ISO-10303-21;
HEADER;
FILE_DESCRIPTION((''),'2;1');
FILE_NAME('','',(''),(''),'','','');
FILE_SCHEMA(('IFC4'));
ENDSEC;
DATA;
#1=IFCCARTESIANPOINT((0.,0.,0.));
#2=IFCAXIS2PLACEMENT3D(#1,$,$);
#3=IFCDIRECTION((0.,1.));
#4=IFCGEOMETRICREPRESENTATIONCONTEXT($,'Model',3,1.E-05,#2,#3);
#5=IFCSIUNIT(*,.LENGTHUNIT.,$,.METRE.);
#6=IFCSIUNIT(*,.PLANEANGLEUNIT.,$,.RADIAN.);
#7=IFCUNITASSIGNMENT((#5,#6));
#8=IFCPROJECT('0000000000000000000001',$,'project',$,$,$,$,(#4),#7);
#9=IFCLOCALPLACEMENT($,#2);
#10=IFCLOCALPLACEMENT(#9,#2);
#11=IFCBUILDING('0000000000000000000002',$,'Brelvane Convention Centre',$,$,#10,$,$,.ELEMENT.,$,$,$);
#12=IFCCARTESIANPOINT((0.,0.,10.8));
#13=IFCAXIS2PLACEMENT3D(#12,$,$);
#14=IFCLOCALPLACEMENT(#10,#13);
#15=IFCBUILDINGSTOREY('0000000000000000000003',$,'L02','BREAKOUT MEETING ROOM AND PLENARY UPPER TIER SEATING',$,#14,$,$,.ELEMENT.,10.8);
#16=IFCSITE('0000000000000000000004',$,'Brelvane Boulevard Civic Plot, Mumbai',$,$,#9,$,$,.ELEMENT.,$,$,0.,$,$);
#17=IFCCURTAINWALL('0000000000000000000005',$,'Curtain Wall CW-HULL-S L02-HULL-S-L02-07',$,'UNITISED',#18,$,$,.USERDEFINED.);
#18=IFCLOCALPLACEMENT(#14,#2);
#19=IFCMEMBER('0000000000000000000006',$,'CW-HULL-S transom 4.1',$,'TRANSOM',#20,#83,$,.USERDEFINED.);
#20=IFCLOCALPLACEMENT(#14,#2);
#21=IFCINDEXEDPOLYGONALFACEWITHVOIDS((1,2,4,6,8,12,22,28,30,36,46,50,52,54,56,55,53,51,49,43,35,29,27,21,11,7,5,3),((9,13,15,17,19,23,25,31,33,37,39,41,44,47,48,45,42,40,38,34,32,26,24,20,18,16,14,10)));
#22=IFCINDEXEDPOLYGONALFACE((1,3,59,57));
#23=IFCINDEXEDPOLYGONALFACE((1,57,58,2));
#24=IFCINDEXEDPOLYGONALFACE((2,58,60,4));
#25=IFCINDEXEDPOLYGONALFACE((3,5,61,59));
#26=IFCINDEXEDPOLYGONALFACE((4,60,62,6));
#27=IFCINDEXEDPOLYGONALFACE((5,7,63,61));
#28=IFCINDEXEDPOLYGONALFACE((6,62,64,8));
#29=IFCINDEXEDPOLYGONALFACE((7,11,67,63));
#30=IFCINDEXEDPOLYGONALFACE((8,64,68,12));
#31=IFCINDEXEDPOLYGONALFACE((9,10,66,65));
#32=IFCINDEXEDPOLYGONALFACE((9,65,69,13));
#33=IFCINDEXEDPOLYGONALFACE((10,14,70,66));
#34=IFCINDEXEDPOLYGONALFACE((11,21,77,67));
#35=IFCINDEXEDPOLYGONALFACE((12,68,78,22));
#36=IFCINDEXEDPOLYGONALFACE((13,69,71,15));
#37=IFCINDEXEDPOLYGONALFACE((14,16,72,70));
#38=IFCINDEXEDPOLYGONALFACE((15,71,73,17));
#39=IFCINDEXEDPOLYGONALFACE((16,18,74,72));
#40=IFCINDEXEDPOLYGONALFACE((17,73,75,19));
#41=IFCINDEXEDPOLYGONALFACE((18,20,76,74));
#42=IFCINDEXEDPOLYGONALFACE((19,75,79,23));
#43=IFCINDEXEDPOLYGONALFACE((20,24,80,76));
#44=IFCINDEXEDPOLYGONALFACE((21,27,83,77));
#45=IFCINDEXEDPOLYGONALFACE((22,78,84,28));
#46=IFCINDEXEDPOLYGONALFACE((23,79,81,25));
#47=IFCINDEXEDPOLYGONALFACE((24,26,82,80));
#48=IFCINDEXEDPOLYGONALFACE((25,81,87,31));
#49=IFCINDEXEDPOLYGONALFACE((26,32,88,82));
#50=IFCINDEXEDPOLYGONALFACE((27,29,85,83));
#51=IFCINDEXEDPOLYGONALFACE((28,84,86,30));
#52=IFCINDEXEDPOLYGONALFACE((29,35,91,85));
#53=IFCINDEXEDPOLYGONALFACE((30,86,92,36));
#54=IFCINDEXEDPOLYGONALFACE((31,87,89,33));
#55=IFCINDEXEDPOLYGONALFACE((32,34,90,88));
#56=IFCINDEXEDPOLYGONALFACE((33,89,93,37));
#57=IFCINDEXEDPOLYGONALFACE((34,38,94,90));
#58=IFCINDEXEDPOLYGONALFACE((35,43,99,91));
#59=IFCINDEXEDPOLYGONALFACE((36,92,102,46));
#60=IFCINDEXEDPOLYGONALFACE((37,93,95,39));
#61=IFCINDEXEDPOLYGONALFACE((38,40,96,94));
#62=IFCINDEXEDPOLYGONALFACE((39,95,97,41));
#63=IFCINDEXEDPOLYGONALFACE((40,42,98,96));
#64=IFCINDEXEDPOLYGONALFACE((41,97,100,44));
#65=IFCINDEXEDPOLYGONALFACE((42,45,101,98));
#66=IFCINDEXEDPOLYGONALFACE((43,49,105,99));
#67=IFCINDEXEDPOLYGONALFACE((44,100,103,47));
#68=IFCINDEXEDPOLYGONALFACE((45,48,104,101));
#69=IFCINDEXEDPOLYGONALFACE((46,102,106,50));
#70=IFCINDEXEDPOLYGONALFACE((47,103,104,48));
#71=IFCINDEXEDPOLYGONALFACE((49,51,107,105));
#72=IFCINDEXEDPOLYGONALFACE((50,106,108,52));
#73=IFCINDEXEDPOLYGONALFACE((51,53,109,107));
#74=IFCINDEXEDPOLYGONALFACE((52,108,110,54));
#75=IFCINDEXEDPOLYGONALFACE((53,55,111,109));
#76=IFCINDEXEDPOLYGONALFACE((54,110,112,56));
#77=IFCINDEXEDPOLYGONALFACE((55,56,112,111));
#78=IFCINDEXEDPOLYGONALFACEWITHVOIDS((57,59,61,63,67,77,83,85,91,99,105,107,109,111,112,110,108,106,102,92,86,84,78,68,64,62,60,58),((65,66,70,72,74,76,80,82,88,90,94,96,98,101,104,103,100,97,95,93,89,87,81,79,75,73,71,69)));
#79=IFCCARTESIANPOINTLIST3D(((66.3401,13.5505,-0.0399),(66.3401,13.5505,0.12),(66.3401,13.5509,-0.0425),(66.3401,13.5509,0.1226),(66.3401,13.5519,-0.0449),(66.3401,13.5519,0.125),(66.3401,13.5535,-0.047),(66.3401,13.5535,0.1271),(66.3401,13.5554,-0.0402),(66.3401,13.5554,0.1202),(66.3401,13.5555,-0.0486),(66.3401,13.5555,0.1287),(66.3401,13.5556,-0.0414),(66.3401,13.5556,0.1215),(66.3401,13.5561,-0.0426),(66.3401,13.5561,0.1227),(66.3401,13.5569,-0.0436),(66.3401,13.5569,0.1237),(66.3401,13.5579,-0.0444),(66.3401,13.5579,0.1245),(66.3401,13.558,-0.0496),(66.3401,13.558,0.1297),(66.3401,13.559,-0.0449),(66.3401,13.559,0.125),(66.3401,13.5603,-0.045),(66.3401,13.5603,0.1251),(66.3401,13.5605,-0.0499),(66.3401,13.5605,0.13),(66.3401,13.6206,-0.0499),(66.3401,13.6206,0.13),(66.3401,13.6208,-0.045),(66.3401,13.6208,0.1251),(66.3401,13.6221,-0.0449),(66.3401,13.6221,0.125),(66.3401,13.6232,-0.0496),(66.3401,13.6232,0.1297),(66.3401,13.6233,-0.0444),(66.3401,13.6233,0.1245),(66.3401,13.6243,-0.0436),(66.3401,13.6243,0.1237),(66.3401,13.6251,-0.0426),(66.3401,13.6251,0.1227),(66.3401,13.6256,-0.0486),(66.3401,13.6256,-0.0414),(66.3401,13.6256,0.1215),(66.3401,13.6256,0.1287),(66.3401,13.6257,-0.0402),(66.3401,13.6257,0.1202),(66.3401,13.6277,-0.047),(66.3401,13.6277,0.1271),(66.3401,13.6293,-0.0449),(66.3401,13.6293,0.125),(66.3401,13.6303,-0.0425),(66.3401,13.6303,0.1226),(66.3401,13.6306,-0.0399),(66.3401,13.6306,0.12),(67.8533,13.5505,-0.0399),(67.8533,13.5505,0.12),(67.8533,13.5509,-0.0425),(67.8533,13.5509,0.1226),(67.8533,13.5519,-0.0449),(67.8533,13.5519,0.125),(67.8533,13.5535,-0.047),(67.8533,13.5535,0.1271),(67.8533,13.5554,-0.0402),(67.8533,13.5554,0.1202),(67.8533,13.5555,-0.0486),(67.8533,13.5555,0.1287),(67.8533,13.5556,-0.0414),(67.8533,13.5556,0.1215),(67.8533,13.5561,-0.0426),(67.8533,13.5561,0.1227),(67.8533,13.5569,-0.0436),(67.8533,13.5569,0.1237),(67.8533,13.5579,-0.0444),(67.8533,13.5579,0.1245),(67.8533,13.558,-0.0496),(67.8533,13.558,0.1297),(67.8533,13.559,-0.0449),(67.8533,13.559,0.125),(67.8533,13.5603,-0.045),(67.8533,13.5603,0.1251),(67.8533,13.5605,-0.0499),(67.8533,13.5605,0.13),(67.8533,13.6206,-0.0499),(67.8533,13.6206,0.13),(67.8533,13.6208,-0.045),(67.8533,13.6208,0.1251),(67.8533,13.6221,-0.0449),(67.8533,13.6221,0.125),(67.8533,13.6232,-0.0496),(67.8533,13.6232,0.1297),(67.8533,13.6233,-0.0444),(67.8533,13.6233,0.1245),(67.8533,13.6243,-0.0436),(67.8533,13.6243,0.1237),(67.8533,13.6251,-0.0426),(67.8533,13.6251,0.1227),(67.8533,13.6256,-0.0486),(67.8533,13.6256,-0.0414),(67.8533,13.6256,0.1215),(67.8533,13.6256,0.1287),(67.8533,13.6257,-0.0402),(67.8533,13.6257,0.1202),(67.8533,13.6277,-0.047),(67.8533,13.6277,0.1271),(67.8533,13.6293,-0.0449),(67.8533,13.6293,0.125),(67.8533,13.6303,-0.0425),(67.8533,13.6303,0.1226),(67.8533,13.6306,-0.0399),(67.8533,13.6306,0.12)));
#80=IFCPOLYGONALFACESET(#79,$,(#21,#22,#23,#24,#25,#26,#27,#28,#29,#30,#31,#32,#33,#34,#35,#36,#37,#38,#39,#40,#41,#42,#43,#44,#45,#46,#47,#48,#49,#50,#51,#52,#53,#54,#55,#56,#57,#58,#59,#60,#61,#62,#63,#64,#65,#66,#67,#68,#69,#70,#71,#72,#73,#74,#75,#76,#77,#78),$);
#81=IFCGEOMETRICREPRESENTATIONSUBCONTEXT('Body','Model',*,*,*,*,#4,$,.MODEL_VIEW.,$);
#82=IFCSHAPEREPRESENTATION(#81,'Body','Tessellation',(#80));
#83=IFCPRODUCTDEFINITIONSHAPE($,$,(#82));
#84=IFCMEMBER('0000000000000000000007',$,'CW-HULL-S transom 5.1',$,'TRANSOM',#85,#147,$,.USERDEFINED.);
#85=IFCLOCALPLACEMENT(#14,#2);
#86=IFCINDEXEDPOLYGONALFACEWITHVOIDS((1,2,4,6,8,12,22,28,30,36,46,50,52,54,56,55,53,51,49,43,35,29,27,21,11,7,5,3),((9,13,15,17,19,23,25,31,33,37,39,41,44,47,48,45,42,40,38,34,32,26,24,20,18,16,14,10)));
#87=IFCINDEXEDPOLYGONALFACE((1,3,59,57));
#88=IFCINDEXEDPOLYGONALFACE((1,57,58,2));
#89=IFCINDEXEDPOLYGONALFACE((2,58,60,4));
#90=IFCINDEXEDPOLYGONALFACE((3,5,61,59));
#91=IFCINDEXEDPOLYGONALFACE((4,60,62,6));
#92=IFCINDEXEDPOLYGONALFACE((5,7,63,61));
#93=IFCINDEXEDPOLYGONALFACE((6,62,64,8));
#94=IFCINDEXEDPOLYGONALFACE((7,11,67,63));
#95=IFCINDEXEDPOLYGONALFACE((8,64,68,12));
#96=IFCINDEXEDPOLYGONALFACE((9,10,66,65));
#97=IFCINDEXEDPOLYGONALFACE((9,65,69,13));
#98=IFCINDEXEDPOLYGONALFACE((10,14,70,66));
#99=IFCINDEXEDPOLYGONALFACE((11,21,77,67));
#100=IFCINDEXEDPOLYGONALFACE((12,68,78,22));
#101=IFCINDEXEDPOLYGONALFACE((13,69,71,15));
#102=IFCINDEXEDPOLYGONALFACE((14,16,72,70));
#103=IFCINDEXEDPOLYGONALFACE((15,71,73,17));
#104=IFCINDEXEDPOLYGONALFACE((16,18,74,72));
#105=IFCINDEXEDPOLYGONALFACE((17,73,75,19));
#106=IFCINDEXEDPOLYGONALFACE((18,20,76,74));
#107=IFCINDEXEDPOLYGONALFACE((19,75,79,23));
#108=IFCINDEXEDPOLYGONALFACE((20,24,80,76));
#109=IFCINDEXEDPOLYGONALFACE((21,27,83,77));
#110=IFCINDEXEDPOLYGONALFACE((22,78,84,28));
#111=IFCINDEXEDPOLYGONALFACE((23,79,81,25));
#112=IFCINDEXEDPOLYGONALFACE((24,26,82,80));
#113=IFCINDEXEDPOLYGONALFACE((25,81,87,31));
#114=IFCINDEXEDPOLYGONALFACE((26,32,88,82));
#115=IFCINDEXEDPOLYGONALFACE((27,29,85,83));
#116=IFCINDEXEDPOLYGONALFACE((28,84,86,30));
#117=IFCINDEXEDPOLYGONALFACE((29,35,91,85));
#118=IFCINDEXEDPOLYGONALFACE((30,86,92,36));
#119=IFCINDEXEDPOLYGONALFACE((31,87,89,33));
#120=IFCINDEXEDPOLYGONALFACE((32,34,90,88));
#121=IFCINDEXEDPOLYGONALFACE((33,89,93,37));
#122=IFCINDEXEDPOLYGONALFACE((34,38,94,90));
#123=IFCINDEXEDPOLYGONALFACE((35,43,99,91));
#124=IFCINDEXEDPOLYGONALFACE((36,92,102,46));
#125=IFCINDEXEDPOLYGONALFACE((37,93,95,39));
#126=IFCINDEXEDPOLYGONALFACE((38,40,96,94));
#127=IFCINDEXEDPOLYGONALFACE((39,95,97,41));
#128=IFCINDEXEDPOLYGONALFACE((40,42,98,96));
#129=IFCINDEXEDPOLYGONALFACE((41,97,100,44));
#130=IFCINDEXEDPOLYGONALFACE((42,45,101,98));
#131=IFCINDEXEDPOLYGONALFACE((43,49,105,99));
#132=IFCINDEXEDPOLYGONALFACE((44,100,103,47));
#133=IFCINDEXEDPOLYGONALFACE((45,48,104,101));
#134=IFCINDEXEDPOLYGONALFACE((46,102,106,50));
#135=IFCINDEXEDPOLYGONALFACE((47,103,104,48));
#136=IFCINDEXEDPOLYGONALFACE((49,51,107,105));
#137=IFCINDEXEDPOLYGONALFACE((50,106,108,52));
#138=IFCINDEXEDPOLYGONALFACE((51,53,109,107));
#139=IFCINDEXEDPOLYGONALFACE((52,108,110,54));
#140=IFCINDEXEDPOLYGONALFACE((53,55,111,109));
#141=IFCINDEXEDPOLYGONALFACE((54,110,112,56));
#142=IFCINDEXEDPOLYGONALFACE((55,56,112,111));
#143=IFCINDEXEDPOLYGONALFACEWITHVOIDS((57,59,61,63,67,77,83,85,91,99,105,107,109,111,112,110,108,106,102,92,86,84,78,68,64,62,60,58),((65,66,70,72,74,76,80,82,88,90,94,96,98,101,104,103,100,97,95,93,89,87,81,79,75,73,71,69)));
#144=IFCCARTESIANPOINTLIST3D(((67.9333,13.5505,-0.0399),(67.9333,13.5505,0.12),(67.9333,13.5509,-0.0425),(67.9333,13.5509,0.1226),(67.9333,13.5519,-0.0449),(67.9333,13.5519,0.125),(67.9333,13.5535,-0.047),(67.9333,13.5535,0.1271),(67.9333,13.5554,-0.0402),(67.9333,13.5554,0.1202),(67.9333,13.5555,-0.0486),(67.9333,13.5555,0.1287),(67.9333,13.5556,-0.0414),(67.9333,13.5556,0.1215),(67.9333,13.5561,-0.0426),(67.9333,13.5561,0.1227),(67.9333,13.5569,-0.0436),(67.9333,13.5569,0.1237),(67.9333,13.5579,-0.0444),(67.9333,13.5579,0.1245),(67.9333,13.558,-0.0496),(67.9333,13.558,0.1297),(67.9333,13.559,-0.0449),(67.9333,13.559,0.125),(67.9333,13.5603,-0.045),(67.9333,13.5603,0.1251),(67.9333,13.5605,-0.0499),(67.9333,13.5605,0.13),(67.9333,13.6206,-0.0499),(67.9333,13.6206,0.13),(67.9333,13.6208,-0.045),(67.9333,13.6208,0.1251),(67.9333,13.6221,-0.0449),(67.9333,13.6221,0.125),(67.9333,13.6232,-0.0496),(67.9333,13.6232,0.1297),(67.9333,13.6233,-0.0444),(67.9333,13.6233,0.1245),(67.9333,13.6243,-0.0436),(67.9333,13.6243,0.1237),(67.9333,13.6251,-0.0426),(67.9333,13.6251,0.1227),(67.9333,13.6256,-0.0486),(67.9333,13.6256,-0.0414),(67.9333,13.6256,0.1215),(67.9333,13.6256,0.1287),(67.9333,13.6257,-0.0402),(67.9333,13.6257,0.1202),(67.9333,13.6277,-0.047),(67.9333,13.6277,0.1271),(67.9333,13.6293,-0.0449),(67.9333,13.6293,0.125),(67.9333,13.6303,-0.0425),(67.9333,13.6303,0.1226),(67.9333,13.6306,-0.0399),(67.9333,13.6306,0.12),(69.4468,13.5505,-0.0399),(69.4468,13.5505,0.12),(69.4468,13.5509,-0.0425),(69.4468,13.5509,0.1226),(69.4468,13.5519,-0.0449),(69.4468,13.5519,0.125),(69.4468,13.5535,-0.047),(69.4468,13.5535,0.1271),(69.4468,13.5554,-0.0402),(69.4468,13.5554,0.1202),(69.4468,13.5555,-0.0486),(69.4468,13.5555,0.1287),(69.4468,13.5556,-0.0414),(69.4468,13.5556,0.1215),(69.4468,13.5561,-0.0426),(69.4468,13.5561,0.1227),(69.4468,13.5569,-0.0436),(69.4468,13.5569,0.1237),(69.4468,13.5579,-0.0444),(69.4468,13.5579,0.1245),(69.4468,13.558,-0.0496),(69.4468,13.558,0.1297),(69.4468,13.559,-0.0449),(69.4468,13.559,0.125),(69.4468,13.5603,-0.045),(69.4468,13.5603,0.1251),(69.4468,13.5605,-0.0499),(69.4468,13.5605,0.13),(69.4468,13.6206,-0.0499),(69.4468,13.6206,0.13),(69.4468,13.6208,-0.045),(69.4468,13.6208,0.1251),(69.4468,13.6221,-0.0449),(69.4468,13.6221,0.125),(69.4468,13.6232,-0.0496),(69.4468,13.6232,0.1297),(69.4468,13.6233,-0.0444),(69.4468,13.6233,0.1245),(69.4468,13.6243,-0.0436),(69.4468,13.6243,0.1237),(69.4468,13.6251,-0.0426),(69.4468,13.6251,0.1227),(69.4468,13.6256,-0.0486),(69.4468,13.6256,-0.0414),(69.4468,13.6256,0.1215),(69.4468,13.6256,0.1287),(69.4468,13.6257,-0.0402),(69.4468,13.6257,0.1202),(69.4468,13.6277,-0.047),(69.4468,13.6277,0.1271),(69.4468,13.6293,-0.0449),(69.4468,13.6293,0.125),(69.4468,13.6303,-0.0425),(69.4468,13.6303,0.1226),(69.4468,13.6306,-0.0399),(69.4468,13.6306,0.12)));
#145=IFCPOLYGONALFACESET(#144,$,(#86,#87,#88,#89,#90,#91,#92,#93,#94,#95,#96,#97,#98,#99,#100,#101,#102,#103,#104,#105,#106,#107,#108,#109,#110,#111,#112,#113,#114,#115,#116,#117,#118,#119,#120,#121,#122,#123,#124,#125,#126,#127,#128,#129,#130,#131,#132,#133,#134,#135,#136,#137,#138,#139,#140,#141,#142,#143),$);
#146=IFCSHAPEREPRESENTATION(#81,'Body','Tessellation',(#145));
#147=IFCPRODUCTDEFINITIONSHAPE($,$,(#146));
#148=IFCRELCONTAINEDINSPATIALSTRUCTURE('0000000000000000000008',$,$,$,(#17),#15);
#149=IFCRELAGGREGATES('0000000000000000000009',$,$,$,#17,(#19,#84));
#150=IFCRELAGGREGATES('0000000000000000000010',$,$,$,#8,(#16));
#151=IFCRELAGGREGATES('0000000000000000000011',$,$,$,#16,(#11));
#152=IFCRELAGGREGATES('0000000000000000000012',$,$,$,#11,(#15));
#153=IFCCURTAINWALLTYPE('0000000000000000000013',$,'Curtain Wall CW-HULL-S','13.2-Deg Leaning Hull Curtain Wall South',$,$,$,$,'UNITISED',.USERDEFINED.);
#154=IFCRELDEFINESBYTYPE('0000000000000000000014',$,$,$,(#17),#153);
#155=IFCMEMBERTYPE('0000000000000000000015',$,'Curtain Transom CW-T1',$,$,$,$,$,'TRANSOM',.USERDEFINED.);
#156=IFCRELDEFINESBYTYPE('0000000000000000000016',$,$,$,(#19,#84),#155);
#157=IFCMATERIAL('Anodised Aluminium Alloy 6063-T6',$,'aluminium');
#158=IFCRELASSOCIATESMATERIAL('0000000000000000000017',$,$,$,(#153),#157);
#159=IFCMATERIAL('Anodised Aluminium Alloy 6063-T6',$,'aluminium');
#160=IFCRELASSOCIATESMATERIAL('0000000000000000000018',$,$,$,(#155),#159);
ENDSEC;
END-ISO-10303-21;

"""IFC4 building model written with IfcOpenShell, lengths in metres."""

from ifc_helpers import new_model, si_unit, direction, frame, origin, origin_2d, place, context, subcontext, project, spatial, hollow_rectangle, extrude, material, material_profile, profile_set, type_object, element, aggregate, save


model = new_model("IFC4")

# Units and contexts
model_context = context("Model", 3, precision=1e-05, world=origin(), true_north=direction((0.0, 1.0)))
body_context = subcontext(model_context, "Body", "Model", "MODEL_VIEW")
ifc_project = project(units=[si_unit("LENGTHUNIT", "METRE"), si_unit("PLANEANGLEUNIT", "RADIAN")], contexts=[model_context])

# Site, building, storey
site_placement = place(None, origin())
site = spatial("IfcSite", under=ifc_project, at=site_placement, Name="Brelvane Boulevard Civic Plot, Mumbai", CompositionType="ELEMENT", RefElevation=0.0)
building_placement = place(site_placement, origin())
building = spatial("IfcBuilding", under=site, at=building_placement, Name="Brelvane Convention Centre", CompositionType="ELEMENT")
storey_placement = place(building_placement, frame((0.0, 0.0, 10.8)))
storey = spatial("IfcBuildingStorey", under=building, at=storey_placement, Name="L02", Description="BREAKOUT MEETING ROOM AND PLENARY UPPER TIER SEATING", CompositionType="ELEMENT", Elevation=10.8)

# Curtain wall
ifc_material_1 = material(Name="Anodised Aluminium Alloy 6063-T6", Category="aluminium")
curtain_wall_type = type_object("IfcCurtainWallType", Name="Curtain Wall CW-HULL-S", Description="13.2-Deg Leaning Hull Curtain Wall South", ElementType="UNITISED", PredefinedType="USERDEFINED", material=ifc_material_1)
curtain_wall_1_placement = place(storey_placement, origin())
curtain_wall_1 = element("IfcCurtainWall", 1, at=curtain_wall_1_placement, inside=storey, type_object=curtain_wall_type, Name="Curtain Wall CW-HULL-S L02-HULL-S-L02-07", ObjectType="UNITISED", PredefinedType="USERDEFINED")

# Members
ifc_material_2 = material(Name="Anodised Aluminium Alloy 6063-T6", Category="aluminium")
ifc_material_profile_1 = material_profile(ifc_material_2, hollow_rectangle(XDim=0.0801, YDim=0.1799, WallThickness=0.0049, InnerFilletRadius=0.0049, OuterFilletRadius=0.01, at=origin_2d()), Name="ALU-T 180x80x5.0")
ifc_profile_set_1 = profile_set([ifc_material_profile_1], Name="Anodised Aluminium Alloy 6063-T6")
member_type_1 = type_object("IfcMemberType", Name="Curtain Transom CW-T1", ElementType="TRANSOM", PredefinedType="USERDEFINED", material=ifc_profile_set_1)
member_1_placement = place(storey_placement, frame((66.3401, 13.5906, 0.04), z_axis=(1.0, 0.0, 0.0), x_axis=(0.0, 1.0, 0.0)))
member_1 = element("IfcMember", 2, at=member_1_placement, type_object=member_type_1, Name="CW-HULL-S transom 4.1", ObjectType="TRANSOM", PredefinedType="USERDEFINED", context=body_context, shape_type="SweptSolid", body=[
    extrude(hollow_rectangle(XDim=0.0801, YDim=0.1799, WallThickness=0.0049, InnerFilletRadius=0.0049, OuterFilletRadius=0.01, at=origin_2d()), origin(), (0.0, 0.0, 1.0), 1.5132),
])
member_2_placement = place(storey_placement, frame((67.9333, 13.5906, 0.04), z_axis=(1.0, 0.0, 0.0), x_axis=(0.0, 1.0, 0.0)))
member_2 = element("IfcMember", 3, at=member_2_placement, type_object=member_type_1, Name="CW-HULL-S transom 5.1", ObjectType="TRANSOM", PredefinedType="USERDEFINED", context=body_context, shape_type="SweptSolid", body=[
    extrude(hollow_rectangle(XDim=0.0801, YDim=0.1799, WallThickness=0.0049, InnerFilletRadius=0.0049, OuterFilletRadius=0.01, at=origin_2d()), origin(), (0.0, 0.0, 1.0), 1.5134),
])

aggregate(curtain_wall_1, [member_1, member_2])

save(model, "model.ifc")
